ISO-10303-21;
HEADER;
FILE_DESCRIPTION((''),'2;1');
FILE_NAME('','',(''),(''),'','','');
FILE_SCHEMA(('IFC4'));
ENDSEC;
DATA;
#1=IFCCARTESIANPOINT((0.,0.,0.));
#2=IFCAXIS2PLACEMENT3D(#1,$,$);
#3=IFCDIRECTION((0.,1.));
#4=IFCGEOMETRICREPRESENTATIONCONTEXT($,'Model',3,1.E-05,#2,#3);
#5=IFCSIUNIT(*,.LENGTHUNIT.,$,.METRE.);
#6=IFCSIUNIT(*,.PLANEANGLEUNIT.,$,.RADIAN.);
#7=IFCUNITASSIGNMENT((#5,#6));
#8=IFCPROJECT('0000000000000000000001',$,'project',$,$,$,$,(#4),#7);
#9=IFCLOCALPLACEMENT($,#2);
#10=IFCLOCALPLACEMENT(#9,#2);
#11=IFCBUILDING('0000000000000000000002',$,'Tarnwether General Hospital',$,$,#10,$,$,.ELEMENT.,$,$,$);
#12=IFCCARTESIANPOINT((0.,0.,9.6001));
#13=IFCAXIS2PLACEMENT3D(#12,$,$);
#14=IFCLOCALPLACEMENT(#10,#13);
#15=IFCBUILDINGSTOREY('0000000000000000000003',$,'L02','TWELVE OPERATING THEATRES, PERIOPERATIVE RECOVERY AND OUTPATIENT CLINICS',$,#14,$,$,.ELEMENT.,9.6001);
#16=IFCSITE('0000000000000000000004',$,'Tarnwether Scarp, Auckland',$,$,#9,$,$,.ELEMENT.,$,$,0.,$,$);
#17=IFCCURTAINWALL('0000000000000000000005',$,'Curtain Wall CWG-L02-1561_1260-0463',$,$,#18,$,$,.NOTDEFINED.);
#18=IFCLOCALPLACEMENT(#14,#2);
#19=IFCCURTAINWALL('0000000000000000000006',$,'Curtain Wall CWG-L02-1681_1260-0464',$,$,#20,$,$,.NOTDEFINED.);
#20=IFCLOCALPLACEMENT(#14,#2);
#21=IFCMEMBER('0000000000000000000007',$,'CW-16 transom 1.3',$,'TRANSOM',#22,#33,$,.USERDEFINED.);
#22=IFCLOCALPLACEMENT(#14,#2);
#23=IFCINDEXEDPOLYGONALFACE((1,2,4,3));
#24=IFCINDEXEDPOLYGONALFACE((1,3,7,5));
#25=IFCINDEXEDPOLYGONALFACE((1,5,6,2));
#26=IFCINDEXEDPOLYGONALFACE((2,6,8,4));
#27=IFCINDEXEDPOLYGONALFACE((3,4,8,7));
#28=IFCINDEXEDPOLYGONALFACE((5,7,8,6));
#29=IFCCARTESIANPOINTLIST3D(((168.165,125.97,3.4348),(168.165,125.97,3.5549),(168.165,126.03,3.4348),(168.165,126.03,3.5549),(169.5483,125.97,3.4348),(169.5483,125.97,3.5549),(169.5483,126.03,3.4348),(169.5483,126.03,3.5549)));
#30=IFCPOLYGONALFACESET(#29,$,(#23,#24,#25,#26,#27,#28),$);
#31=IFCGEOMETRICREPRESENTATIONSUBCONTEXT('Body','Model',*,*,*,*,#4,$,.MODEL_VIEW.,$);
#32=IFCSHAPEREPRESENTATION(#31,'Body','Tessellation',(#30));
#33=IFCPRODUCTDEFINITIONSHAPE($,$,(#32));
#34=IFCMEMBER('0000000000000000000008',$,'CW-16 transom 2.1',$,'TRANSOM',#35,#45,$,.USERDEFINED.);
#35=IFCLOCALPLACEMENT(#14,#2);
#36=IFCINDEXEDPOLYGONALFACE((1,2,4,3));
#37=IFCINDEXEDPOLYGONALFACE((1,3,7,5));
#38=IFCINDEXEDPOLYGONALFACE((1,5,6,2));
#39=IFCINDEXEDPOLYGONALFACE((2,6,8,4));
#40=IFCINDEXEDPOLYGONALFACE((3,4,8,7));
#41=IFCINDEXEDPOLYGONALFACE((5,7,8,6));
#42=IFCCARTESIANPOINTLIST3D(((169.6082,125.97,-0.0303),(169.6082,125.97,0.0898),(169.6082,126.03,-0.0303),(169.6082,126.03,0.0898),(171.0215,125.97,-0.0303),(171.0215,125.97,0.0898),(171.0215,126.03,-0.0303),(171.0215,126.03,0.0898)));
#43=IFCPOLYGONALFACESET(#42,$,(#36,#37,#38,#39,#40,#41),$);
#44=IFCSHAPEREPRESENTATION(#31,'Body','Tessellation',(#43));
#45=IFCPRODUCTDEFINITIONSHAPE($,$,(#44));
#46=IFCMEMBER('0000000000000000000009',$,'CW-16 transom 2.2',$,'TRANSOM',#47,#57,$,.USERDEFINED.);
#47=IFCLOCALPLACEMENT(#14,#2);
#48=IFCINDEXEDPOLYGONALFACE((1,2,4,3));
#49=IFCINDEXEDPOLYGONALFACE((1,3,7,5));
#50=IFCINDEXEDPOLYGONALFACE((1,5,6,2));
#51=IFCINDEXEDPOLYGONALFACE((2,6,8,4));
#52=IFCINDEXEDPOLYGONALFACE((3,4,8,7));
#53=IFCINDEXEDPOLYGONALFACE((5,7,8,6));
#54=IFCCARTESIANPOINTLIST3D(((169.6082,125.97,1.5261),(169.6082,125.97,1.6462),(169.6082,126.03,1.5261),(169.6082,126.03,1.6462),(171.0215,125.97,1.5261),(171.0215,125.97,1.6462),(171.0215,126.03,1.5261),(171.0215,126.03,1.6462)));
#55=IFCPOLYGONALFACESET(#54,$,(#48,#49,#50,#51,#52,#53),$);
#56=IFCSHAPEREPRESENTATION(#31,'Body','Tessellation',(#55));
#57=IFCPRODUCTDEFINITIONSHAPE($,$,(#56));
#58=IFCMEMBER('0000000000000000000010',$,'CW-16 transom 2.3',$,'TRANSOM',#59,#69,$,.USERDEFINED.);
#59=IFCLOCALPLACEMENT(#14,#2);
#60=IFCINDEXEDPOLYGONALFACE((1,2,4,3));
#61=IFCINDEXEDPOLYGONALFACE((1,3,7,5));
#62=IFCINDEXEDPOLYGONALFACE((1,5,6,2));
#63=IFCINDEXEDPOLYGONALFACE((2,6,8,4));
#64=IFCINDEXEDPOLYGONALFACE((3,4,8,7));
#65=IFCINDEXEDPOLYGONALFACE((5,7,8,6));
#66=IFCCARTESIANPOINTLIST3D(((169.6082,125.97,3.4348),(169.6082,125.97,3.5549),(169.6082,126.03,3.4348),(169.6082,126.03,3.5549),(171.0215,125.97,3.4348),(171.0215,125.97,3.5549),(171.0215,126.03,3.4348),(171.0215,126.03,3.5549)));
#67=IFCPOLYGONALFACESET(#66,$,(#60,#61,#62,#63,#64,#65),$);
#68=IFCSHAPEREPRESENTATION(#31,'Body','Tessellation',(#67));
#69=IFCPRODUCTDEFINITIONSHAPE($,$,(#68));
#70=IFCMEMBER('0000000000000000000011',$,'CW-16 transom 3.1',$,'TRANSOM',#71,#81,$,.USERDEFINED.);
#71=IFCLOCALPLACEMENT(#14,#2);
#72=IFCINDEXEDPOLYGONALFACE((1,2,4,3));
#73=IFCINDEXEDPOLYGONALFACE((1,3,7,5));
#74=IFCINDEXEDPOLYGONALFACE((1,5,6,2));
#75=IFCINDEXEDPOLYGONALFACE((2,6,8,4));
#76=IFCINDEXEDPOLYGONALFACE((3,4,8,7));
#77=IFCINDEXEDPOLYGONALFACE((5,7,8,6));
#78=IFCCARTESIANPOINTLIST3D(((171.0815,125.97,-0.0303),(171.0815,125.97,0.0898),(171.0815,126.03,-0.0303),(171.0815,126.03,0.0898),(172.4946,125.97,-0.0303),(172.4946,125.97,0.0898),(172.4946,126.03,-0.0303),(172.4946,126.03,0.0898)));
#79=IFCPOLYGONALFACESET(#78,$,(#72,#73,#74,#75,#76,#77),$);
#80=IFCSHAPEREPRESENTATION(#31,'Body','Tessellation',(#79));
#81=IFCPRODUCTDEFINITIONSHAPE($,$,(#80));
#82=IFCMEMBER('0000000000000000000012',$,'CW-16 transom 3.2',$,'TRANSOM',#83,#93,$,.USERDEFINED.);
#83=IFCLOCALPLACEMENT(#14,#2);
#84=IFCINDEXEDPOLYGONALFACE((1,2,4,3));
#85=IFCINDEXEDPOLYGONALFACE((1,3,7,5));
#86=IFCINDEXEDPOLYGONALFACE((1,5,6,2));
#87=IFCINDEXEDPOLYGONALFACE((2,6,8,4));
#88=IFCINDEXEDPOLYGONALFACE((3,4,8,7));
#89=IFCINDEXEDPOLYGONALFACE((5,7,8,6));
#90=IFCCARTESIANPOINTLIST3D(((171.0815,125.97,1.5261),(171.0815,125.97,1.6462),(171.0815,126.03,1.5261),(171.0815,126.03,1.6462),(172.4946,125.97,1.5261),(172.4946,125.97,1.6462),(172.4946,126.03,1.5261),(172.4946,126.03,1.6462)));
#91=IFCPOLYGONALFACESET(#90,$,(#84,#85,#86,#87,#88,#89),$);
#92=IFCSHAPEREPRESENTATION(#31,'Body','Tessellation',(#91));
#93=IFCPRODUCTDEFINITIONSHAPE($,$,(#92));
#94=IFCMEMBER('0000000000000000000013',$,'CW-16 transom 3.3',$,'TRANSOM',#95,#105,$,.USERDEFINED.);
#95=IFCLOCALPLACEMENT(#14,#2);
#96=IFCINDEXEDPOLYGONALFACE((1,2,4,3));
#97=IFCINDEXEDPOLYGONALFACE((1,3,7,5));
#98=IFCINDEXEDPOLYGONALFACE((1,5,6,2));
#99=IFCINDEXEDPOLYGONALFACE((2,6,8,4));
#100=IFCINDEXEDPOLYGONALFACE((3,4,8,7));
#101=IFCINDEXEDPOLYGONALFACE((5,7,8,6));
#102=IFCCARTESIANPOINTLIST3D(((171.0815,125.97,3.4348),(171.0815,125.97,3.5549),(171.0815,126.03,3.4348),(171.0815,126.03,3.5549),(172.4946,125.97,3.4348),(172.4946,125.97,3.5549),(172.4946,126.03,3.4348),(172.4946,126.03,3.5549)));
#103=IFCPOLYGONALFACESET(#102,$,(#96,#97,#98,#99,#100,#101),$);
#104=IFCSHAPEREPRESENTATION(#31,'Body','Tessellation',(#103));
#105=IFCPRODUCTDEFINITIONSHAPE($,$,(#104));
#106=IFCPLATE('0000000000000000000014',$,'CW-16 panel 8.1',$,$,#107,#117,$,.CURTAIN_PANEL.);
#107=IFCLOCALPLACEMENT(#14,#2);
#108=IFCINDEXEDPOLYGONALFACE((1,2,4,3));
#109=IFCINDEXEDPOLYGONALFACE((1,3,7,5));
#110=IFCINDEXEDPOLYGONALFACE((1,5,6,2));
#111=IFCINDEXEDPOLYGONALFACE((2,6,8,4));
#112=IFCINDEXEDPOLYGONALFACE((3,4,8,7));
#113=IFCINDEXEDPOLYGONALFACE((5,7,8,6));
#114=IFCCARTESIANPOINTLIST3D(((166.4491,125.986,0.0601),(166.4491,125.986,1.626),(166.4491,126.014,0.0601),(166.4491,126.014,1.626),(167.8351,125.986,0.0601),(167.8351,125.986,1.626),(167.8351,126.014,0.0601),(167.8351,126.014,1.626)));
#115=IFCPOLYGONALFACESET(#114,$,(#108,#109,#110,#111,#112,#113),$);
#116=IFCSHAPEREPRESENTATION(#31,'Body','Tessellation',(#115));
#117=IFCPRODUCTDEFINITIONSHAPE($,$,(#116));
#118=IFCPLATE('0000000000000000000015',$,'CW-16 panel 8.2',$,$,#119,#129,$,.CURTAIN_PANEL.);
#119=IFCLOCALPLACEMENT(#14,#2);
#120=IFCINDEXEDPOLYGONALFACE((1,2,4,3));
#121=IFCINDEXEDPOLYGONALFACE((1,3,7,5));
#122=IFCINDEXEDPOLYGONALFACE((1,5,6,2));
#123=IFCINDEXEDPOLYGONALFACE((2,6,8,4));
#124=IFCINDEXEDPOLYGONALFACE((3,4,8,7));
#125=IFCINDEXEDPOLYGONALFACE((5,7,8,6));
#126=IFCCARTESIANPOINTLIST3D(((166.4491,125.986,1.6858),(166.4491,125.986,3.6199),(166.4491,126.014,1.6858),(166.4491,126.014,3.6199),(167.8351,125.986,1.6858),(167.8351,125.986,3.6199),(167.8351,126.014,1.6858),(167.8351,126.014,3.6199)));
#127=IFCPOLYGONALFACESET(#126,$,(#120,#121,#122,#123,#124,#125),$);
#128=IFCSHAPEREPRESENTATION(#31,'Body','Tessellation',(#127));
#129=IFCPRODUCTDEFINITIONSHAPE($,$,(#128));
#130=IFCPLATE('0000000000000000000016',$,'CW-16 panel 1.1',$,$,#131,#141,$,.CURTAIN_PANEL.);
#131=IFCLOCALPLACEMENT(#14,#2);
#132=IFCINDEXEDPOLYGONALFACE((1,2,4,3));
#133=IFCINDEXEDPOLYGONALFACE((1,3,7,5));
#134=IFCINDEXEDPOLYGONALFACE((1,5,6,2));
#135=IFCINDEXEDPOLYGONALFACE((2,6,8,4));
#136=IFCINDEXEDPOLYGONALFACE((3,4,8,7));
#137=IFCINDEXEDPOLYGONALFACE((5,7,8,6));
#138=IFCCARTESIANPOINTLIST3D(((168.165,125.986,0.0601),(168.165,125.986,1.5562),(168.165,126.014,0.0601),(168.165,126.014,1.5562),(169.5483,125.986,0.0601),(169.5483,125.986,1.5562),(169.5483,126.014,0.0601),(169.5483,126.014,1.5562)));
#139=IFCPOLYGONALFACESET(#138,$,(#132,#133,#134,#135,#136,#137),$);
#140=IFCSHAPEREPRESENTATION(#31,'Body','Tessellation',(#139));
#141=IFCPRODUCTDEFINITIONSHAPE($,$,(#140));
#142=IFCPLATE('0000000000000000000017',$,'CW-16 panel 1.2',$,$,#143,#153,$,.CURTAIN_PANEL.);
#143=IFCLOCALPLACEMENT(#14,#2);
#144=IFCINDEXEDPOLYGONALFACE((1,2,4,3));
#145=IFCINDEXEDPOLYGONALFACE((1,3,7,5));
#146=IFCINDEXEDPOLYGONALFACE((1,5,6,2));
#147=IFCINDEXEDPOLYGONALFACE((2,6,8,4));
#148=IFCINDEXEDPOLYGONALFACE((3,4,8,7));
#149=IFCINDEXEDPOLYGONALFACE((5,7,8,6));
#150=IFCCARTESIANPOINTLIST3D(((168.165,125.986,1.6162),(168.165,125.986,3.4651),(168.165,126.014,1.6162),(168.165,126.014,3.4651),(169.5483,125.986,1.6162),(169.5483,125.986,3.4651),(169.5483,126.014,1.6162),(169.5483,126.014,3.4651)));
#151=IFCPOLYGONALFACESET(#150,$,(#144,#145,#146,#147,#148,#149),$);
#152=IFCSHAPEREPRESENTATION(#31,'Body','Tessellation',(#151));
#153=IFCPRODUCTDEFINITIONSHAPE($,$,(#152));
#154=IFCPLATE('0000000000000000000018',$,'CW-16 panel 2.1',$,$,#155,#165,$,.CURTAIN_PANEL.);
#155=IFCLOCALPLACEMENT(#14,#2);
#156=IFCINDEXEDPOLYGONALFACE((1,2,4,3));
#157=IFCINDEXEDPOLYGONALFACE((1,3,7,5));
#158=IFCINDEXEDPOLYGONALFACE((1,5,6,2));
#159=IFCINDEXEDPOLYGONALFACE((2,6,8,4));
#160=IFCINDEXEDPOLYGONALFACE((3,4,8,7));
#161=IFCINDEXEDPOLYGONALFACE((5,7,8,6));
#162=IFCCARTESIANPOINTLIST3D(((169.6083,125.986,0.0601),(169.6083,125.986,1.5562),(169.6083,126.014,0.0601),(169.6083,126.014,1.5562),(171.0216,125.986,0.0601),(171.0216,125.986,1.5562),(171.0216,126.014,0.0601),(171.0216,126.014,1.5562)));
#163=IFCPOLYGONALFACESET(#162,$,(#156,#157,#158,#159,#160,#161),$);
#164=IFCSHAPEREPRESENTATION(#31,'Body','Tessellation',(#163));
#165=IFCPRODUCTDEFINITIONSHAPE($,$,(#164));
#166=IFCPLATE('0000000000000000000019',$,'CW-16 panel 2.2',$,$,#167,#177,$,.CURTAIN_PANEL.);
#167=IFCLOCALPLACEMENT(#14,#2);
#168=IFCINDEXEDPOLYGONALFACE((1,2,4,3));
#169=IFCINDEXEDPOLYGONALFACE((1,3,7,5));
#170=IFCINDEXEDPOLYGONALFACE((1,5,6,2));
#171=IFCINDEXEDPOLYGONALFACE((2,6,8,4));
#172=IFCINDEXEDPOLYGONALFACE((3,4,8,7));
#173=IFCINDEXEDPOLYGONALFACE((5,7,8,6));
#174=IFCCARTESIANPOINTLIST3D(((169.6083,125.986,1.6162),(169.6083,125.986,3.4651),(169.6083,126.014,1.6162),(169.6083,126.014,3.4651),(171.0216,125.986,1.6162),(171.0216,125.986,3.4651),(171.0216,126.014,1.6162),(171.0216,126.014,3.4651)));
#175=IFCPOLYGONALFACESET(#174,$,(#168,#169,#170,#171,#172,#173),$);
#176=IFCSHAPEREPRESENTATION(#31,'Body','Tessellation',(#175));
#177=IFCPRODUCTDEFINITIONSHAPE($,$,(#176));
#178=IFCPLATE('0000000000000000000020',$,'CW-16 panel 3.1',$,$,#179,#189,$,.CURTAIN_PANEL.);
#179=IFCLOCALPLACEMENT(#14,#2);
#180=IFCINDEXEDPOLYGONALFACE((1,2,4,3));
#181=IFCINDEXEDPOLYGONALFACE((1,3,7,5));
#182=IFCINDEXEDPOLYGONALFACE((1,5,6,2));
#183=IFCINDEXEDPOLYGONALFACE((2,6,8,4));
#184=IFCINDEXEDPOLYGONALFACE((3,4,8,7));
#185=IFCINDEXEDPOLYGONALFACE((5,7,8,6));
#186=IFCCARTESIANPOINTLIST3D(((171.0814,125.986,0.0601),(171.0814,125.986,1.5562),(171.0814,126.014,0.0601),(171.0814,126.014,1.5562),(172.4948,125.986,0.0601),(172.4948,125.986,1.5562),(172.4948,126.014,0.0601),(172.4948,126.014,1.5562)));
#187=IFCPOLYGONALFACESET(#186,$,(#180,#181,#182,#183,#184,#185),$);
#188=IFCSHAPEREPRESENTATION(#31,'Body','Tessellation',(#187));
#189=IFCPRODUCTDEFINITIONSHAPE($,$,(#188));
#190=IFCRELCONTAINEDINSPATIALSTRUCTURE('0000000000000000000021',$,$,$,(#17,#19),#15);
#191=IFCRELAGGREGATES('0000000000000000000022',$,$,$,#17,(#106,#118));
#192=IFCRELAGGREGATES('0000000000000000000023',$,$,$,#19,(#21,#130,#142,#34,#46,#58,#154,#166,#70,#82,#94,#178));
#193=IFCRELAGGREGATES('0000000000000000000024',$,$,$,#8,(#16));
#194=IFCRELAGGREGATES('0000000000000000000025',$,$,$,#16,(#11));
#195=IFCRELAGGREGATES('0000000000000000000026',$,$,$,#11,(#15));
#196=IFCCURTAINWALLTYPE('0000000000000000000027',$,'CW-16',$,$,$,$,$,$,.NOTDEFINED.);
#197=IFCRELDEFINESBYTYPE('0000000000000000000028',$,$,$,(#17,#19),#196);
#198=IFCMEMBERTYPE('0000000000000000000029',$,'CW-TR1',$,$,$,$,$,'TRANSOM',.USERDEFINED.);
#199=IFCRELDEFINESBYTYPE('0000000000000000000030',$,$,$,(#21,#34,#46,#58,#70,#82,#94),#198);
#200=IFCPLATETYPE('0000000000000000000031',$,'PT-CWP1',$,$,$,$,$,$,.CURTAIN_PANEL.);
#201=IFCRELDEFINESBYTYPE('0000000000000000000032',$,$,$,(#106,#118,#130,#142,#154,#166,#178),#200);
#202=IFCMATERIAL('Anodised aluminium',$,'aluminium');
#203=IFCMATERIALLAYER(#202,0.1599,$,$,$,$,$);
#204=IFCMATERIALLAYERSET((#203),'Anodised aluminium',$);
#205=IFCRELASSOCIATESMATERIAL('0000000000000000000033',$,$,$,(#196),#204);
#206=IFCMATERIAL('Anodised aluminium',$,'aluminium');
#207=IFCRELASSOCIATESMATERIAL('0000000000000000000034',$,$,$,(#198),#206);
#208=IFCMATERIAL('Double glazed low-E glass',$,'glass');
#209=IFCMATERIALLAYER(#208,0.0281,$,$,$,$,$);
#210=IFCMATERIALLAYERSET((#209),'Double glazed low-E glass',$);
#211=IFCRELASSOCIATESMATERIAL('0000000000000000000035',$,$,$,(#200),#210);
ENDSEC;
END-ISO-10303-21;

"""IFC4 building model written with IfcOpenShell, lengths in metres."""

from ifc_helpers import new_model, si_unit, direction, frame, origin, origin_2d, place, context, subcontext, project, spatial, rectangle, extrude, material, layer, layer_set, material_profile, profile_set, type_object, element, aggregate, save


model = new_model("IFC4")

# Units and contexts
model_context = context("Model", 3, precision=1e-05, world=origin(), true_north=direction((0.0, 1.0)))
body_context = subcontext(model_context, "Body", "Model", "MODEL_VIEW")
ifc_project = project(units=[si_unit("LENGTHUNIT", "METRE"), si_unit("PLANEANGLEUNIT", "RADIAN")], contexts=[model_context])

# Site, building, storey
site_placement = place(None, origin())
site = spatial("IfcSite", under=ifc_project, at=site_placement, Name="Tarnwether Scarp, Auckland", CompositionType="ELEMENT", RefElevation=0.0)
building_placement = place(site_placement, origin())
building = spatial("IfcBuilding", under=site, at=building_placement, Name="Tarnwether General Hospital", CompositionType="ELEMENT")
storey_placement = place(building_placement, frame((0.0, 0.0, 9.6001)))
storey = spatial("IfcBuildingStorey", under=building, at=storey_placement, Name="L02", Description="TWELVE OPERATING THEATRES, PERIOPERATIVE RECOVERY AND OUTPATIENT CLINICS", CompositionType="ELEMENT", Elevation=9.6001)

# Curtain wall
ifc_material_1 = material(Name="Anodised aluminium", Category="aluminium")
ifc_layer_1 = layer(ifc_material_1, 0.1599)
ifc_layer_set_1 = layer_set([ifc_layer_1], Name="Anodised aluminium")
curtain_wall_type = type_object("IfcCurtainWallType", Name="CW-16", PredefinedType="NOTDEFINED", material=ifc_layer_set_1)
curtain_wall_1_placement = place(storey_placement, origin())
curtain_wall_1 = element("IfcCurtainWall", 1, at=curtain_wall_1_placement, inside=storey, type_object=curtain_wall_type, Name="Curtain Wall CWG-L02-1561_1260-0463", PredefinedType="NOTDEFINED")

# Curtain wall
curtain_wall_2_placement = place(storey_placement, origin())
curtain_wall_2 = element("IfcCurtainWall", 2, at=curtain_wall_2_placement, inside=storey, type_object=curtain_wall_type, Name="Curtain Wall CWG-L02-1681_1260-0464", PredefinedType="NOTDEFINED")

# Members
ifc_material_2 = material(Name="Anodised aluminium", Category="aluminium")
ifc_material_profile_1 = material_profile(ifc_material_2, rectangle(XDim=0.0601, YDim=0.1201, at=origin_2d()), Name="ALU-TRN-60x120")
ifc_profile_set_1 = profile_set([ifc_material_profile_1], Name="Anodised aluminium")
member_type_1 = type_object("IfcMemberType", Name="CW-TR1", ElementType="TRANSOM", PredefinedType="USERDEFINED", material=ifc_profile_set_1)
member_1_placement = place(storey_placement, frame((168.165, 126.0, 3.4949), z_axis=(1.0, 0.0, 0.0), x_axis=(0.0, 1.0, 0.0)))
member_1 = element("IfcMember", 3, at=member_1_placement, type_object=member_type_1, Name="CW-16 transom 1.3", ObjectType="TRANSOM", PredefinedType="USERDEFINED", context=body_context, shape_type="SweptSolid", body=[
    extrude(rectangle(XDim=0.0601, YDim=0.1201, at=origin_2d()), origin(), (0.0, 0.0, 1.0), 1.3833),
])
member_2_placement = place(storey_placement, frame((169.6082, 126.0, 0.0298), z_axis=(1.0, 0.0, 0.0), x_axis=(0.0, 1.0, 0.0)))
member_2 = element("IfcMember", 4, at=member_2_placement, type_object=member_type_1, Name="CW-16 transom 2.1", ObjectType="TRANSOM", PredefinedType="USERDEFINED", context=body_context, shape_type="SweptSolid", body=[
    extrude(rectangle(XDim=0.0601, YDim=0.1201, at=origin_2d()), origin(), (0.0, 0.0, 1.0), 1.4133),
])
member_3_placement = place(storey_placement, frame((169.6082, 126.0, 1.5862), z_axis=(1.0, 0.0, 0.0), x_axis=(0.0, 1.0, 0.0)))
member_3 = element("IfcMember", 5, at=member_3_placement, type_object=member_type_1, Name="CW-16 transom 2.2", ObjectType="TRANSOM", PredefinedType="USERDEFINED", context=body_context, shape_type="SweptSolid", body=[
    extrude(rectangle(XDim=0.0601, YDim=0.1201, at=origin_2d()), origin(), (0.0, 0.0, 1.0), 1.4133),
])
member_4_placement = place(storey_placement, frame((169.6082, 126.0, 3.4949), z_axis=(1.0, 0.0, 0.0), x_axis=(0.0, 1.0, 0.0)))
member_4 = element("IfcMember", 6, at=member_4_placement, type_object=member_type_1, Name="CW-16 transom 2.3", ObjectType="TRANSOM", PredefinedType="USERDEFINED", context=body_context, shape_type="SweptSolid", body=[
    extrude(rectangle(XDim=0.0601, YDim=0.1201, at=origin_2d()), origin(), (0.0, 0.0, 1.0), 1.4133),
])
member_5_placement = place(storey_placement, frame((171.0815, 126.0, 0.0298), z_axis=(1.0, 0.0, 0.0), x_axis=(0.0, 1.0, 0.0)))
member_5 = element("IfcMember", 7, at=member_5_placement, type_object=member_type_1, Name="CW-16 transom 3.1", ObjectType="TRANSOM", PredefinedType="USERDEFINED", context=body_context, shape_type="SweptSolid", body=[
    extrude(rectangle(XDim=0.0601, YDim=0.1201, at=origin_2d()), origin(), (0.0, 0.0, 1.0), 1.4131),
])
member_6_placement = place(storey_placement, frame((171.0815, 126.0, 1.5862), z_axis=(1.0, 0.0, 0.0), x_axis=(0.0, 1.0, 0.0)))
member_6 = element("IfcMember", 8, at=member_6_placement, type_object=member_type_1, Name="CW-16 transom 3.2", ObjectType="TRANSOM", PredefinedType="USERDEFINED", context=body_context, shape_type="SweptSolid", body=[
    extrude(rectangle(XDim=0.0601, YDim=0.1201, at=origin_2d()), origin(), (0.0, 0.0, 1.0), 1.4131),
])
member_7_placement = place(storey_placement, frame((171.0815, 126.0, 3.4949), z_axis=(1.0, 0.0, 0.0), x_axis=(0.0, 1.0, 0.0)))
member_7 = element("IfcMember", 9, at=member_7_placement, type_object=member_type_1, Name="CW-16 transom 3.3", ObjectType="TRANSOM", PredefinedType="USERDEFINED", context=body_context, shape_type="SweptSolid", body=[
    extrude(rectangle(XDim=0.0601, YDim=0.1201, at=origin_2d()), origin(), (0.0, 0.0, 1.0), 1.4131),
])

# Plates
ifc_material_3 = material(Name="Double glazed low-E glass", Category="glass")
ifc_layer_2 = layer(ifc_material_3, 0.0281)
ifc_layer_set_2 = layer_set([ifc_layer_2], Name="Double glazed low-E glass")
plate_type_1 = type_object("IfcPlateType", Name="PT-CWP1", PredefinedType="CURTAIN_PANEL", material=ifc_layer_set_2)
plate_1_placement = place(storey_placement, frame((167.1421, 126.0, 0.0601), z_axis=(0.0, 0.0, 1.0), x_axis=(1.0, 0.0, 0.0)))
plate_1 = element("IfcPlate", 10, at=plate_1_placement, type_object=plate_type_1, Name="CW-16 panel 8.1", PredefinedType="CURTAIN_PANEL", context=body_context, shape_type="SweptSolid", body=[
    extrude(rectangle(XDim=1.386, YDim=0.0281, at=origin_2d()), origin(), (0.0, 0.0, 1.0), 1.5659),
])
plate_2_placement = place(storey_placement, frame((167.1421, 126.0, 1.6858), z_axis=(0.0, 0.0, 1.0), x_axis=(1.0, 0.0, 0.0)))
plate_2 = element("IfcPlate", 11, at=plate_2_placement, type_object=plate_type_1, Name="CW-16 panel 8.2", PredefinedType="CURTAIN_PANEL", context=body_context, shape_type="SweptSolid", body=[
    extrude(rectangle(XDim=1.386, YDim=0.0281, at=origin_2d()), origin(), (0.0, 0.0, 1.0), 1.9341),
])
aggregate(curtain_wall_1, [plate_1, plate_2])
plate_3_placement = place(storey_placement, frame((168.8567, 126.0, 0.0601), z_axis=(0.0, 0.0, 1.0), x_axis=(1.0, 0.0, 0.0)))
plate_3 = element("IfcPlate", 12, at=plate_3_placement, type_object=plate_type_1, Name="CW-16 panel 1.1", PredefinedType="CURTAIN_PANEL", context=body_context, shape_type="SweptSolid", body=[
    extrude(rectangle(XDim=1.3833, YDim=0.0281, at=origin_2d()), origin(), (0.0, 0.0, 1.0), 1.4961),
])
plate_4_placement = place(storey_placement, frame((168.8567, 126.0, 1.6162), z_axis=(0.0, 0.0, 1.0), x_axis=(1.0, 0.0, 0.0)))
plate_4 = element("IfcPlate", 13, at=plate_4_placement, type_object=plate_type_1, Name="CW-16 panel 1.2", PredefinedType="CURTAIN_PANEL", context=body_context, shape_type="SweptSolid", body=[
    extrude(rectangle(XDim=1.3833, YDim=0.0281, at=origin_2d()), origin(), (0.0, 0.0, 1.0), 1.8489),
])
plate_5_placement = place(storey_placement, frame((170.3149, 126.0, 0.0601), z_axis=(0.0, 0.0, 1.0), x_axis=(1.0, 0.0, 0.0)))
plate_5 = element("IfcPlate", 14, at=plate_5_placement, type_object=plate_type_1, Name="CW-16 panel 2.1", PredefinedType="CURTAIN_PANEL", context=body_context, shape_type="SweptSolid", body=[
    extrude(rectangle(XDim=1.4133, YDim=0.0281, at=origin_2d()), origin(), (0.0, 0.0, 1.0), 1.4961),
])
plate_6_placement = place(storey_placement, frame((170.3149, 126.0, 1.6162), z_axis=(0.0, 0.0, 1.0), x_axis=(1.0, 0.0, 0.0)))
plate_6 = element("IfcPlate", 15, at=plate_6_placement, type_object=plate_type_1, Name="CW-16 panel 2.2", PredefinedType="CURTAIN_PANEL", context=body_context, shape_type="SweptSolid", body=[
    extrude(rectangle(XDim=1.4133, YDim=0.0281, at=origin_2d()), origin(), (0.0, 0.0, 1.0), 1.8489),
])
plate_7_placement = place(storey_placement, frame((171.7881, 126.0, 0.0601), z_axis=(0.0, 0.0, 1.0), x_axis=(1.0, 0.0, 0.0)))
plate_7 = element("IfcPlate", 16, at=plate_7_placement, type_object=plate_type_1, Name="CW-16 panel 3.1", PredefinedType="CURTAIN_PANEL", context=body_context, shape_type="SweptSolid", body=[
    extrude(rectangle(XDim=1.4133, YDim=0.0281, at=origin_2d()), origin(), (0.0, 0.0, 1.0), 1.4961),
])
aggregate(curtain_wall_2, [member_1, plate_3, plate_4, member_2, member_3, member_4, plate_5, plate_6, member_5, member_6, member_7, plate_7])

save(model, "model.ifc")
